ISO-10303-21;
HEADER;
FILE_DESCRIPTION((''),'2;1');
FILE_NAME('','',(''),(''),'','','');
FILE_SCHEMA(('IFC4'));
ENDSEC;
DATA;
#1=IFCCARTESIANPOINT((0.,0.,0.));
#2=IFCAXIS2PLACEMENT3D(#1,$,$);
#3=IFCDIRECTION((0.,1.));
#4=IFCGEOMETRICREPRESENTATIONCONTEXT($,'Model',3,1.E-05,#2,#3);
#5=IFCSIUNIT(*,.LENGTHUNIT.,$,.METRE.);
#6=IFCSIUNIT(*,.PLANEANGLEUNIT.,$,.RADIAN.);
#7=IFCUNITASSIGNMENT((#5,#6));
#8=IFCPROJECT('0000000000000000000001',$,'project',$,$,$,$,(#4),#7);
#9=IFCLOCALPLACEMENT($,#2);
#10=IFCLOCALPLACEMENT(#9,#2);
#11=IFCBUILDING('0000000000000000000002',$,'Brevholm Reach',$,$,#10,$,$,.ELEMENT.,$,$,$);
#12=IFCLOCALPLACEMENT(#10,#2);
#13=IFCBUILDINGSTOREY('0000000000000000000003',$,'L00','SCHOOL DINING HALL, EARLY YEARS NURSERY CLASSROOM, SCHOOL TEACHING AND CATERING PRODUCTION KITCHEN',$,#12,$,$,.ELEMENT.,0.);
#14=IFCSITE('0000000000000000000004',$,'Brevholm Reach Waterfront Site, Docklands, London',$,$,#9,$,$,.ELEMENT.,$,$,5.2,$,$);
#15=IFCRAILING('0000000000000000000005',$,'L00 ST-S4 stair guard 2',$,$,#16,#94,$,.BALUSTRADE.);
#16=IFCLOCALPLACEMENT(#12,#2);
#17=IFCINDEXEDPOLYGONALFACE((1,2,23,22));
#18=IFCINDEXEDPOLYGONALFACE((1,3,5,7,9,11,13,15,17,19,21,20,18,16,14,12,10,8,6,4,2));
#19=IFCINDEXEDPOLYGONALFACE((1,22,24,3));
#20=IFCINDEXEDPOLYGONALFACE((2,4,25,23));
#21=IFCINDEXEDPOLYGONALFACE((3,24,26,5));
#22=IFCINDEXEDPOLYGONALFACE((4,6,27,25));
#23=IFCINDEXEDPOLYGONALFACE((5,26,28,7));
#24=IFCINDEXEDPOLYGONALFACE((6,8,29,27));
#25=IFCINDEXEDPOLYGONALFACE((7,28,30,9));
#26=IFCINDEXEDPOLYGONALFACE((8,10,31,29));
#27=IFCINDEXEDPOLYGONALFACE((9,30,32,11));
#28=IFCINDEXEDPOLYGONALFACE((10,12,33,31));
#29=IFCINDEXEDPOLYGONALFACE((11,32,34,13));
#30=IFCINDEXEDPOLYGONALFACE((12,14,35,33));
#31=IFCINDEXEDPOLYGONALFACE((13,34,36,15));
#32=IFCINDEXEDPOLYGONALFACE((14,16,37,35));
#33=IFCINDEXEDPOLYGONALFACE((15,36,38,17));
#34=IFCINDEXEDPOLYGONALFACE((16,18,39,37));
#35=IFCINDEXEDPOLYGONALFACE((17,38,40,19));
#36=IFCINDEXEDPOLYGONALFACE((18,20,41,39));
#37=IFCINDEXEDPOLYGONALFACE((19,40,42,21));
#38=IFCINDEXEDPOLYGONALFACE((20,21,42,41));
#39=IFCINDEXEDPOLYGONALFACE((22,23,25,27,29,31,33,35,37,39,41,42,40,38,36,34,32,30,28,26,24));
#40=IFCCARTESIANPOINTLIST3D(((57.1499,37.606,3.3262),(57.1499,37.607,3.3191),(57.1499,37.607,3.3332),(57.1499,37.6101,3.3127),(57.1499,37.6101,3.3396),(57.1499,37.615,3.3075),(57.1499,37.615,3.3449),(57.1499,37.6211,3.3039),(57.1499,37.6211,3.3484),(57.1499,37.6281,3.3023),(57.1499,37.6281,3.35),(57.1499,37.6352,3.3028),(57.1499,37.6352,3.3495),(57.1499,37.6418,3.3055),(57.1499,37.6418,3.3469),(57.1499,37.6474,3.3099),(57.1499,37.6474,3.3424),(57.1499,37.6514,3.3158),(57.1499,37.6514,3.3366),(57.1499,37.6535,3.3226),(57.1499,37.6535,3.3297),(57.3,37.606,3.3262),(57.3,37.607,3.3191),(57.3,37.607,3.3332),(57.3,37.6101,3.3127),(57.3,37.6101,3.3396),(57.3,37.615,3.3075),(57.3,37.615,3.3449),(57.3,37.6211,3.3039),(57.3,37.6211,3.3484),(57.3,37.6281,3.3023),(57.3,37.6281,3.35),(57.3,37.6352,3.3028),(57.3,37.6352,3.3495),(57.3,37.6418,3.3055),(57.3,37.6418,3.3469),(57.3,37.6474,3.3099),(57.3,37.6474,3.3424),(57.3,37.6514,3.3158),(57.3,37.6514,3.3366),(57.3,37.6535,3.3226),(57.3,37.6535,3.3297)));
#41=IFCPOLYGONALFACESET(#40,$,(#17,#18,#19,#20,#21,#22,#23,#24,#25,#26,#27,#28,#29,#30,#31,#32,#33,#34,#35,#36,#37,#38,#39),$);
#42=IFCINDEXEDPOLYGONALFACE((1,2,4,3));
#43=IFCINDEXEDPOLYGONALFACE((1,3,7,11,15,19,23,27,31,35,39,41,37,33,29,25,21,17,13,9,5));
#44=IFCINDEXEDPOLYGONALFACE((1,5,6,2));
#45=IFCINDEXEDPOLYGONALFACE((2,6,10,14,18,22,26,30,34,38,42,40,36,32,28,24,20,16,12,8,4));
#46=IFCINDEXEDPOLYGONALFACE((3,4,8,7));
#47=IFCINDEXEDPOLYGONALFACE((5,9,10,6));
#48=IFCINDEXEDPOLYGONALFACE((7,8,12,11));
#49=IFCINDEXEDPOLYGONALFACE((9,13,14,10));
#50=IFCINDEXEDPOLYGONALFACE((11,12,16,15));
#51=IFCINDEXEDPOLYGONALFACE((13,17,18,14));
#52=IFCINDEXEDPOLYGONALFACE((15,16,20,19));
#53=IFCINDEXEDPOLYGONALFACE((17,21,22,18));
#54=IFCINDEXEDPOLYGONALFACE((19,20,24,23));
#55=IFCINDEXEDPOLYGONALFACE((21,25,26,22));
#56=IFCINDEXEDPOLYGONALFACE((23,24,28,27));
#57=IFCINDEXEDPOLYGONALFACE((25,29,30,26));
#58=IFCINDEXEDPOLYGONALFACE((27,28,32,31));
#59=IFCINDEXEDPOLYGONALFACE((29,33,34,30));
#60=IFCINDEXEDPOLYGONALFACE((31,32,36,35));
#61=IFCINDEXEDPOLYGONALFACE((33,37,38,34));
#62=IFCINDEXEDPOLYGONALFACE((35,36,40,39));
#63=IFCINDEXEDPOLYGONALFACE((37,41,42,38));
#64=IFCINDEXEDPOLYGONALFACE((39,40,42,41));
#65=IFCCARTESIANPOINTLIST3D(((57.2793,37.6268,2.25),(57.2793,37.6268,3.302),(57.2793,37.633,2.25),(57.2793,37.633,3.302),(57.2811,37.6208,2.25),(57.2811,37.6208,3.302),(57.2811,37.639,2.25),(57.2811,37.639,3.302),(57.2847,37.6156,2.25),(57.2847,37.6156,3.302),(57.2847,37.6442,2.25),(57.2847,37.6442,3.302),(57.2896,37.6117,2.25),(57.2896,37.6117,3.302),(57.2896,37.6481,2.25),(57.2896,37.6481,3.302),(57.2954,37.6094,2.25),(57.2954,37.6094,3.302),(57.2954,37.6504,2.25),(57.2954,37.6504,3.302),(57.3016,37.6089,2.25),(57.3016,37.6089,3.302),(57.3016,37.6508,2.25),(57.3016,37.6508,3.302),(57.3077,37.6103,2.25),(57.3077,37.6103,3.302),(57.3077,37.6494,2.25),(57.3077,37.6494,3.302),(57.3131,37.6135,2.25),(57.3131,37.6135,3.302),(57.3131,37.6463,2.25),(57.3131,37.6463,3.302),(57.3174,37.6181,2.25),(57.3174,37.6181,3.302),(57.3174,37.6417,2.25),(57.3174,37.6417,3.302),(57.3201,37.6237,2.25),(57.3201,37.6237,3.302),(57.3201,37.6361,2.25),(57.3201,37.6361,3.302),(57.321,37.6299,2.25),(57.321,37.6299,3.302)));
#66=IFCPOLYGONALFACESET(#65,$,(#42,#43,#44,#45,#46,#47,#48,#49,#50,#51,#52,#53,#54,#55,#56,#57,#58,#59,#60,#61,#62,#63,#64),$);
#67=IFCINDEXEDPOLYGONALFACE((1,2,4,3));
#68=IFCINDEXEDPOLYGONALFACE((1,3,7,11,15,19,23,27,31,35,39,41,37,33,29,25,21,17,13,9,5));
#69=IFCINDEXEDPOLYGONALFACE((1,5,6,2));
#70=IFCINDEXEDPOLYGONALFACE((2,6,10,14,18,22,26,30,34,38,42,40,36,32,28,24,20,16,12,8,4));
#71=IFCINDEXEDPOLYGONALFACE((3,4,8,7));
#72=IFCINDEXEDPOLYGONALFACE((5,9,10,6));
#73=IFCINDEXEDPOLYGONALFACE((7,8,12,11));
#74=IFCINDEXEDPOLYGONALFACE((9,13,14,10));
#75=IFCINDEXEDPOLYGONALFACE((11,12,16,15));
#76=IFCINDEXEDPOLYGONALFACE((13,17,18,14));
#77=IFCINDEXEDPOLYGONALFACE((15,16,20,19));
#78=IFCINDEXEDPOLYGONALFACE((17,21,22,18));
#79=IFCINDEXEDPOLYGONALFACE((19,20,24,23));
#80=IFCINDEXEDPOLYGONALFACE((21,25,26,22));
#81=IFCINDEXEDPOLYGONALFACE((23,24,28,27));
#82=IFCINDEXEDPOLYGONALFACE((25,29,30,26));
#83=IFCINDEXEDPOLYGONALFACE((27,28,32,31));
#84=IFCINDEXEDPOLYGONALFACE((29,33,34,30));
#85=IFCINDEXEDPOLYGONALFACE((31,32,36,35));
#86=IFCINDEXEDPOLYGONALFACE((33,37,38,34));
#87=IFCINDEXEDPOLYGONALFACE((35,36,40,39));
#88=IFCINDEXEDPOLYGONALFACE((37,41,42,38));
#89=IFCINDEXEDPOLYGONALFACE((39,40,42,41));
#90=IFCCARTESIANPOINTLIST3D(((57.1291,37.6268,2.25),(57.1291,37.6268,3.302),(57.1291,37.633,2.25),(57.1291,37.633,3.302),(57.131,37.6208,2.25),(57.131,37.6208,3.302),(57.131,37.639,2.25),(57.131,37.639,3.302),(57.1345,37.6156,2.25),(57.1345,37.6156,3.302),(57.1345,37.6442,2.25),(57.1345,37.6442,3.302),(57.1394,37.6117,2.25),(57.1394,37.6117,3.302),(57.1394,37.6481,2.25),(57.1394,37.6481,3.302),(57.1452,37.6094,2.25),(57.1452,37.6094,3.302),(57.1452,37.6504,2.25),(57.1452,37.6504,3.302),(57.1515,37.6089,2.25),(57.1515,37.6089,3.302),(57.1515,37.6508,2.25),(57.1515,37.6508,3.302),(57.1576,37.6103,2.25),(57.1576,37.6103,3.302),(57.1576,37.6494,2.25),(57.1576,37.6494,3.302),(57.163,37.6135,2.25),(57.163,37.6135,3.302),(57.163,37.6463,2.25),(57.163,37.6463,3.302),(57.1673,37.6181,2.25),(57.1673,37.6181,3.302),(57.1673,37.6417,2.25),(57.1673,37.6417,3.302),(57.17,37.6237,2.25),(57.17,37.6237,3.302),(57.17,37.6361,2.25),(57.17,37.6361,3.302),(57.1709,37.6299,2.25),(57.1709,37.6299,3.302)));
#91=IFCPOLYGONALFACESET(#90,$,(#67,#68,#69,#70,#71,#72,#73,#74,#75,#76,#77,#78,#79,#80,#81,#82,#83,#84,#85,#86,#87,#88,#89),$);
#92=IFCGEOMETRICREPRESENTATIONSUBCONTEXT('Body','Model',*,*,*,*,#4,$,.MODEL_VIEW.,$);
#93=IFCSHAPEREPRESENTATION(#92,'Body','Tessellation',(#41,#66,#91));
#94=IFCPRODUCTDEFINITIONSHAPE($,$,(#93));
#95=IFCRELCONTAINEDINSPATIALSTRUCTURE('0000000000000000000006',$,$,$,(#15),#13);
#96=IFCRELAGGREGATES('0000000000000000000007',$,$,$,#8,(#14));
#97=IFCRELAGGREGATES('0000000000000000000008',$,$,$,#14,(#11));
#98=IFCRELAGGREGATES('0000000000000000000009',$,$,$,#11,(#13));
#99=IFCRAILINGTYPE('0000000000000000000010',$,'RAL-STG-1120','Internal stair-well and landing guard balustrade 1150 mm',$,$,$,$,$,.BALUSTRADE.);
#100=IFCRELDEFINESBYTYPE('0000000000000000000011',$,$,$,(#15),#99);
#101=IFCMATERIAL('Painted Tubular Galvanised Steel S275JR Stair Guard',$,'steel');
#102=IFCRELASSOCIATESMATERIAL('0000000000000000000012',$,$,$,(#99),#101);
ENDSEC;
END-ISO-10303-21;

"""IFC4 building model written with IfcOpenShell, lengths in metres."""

from ifc_helpers import new_model, si_unit, direction, frame, origin, origin_2d, place, context, subcontext, project, spatial, circle, extrude, material, type_object, element, save


model = new_model("IFC4")

# Units and contexts
model_context = context("Model", 3, precision=1e-05, world=origin(), true_north=direction((0.0, 1.0)))
body_context = subcontext(model_context, "Body", "Model", "MODEL_VIEW")
ifc_project = project(units=[si_unit("LENGTHUNIT", "METRE"), si_unit("PLANEANGLEUNIT", "RADIAN")], contexts=[model_context])

# Site, building, storey
site_placement = place(None, origin())
site = spatial("IfcSite", under=ifc_project, at=site_placement, Name="Brevholm Reach Waterfront Site, Docklands, London", CompositionType="ELEMENT", RefElevation=5.2)
building_placement = place(site_placement, origin())
building = spatial("IfcBuilding", under=site, at=building_placement, Name="Brevholm Reach", CompositionType="ELEMENT")
storey_placement = place(building_placement, origin())
storey = spatial("IfcBuildingStorey", under=building, at=storey_placement, Name="L00", Description="SCHOOL DINING HALL, EARLY YEARS NURSERY CLASSROOM, SCHOOL TEACHING AND CATERING PRODUCTION KITCHEN", CompositionType="ELEMENT", Elevation=0.0)

# Railing
ifc_material_1 = material(Name="Painted Tubular Galvanised Steel S275JR Stair Guard", Category="steel")
railing_type_1 = type_object("IfcRailingType", Name="RAL-STG-1120", Description="Internal stair-well and landing guard balustrade 1150 mm", PredefinedType="BALUSTRADE", material=ifc_material_1)
railing_1_placement = place(storey_placement, frame((57.3, 37.6299, 2.25)))
element("IfcRailing", 1, at=railing_1_placement, inside=storey, type_object=railing_type_1, Name="L00 ST-S4 stair guard 2", PredefinedType="BALUSTRADE", context=body_context, shape_type="SweptSolid", body=[
    extrude(circle(Radius=0.0239, at=origin_2d()), frame((0.0, 0.0, 1.0762), z_axis=(-1.0, 0.0, 0.0), x_axis=(0.0, -1.0, 0.0)), (0.0, 0.0, 1.0), 0.1501),
    extrude(circle(Radius=0.021, at=origin_2d()), origin(), (0.0, 0.0, 1.0), 1.052),
    extrude(circle(Radius=0.021, at=origin_2d()), frame((-0.1501, 0.0, 0.0)), (0.0, 0.0, 1.0), 1.052),
])

save(model, "model.ifc")
